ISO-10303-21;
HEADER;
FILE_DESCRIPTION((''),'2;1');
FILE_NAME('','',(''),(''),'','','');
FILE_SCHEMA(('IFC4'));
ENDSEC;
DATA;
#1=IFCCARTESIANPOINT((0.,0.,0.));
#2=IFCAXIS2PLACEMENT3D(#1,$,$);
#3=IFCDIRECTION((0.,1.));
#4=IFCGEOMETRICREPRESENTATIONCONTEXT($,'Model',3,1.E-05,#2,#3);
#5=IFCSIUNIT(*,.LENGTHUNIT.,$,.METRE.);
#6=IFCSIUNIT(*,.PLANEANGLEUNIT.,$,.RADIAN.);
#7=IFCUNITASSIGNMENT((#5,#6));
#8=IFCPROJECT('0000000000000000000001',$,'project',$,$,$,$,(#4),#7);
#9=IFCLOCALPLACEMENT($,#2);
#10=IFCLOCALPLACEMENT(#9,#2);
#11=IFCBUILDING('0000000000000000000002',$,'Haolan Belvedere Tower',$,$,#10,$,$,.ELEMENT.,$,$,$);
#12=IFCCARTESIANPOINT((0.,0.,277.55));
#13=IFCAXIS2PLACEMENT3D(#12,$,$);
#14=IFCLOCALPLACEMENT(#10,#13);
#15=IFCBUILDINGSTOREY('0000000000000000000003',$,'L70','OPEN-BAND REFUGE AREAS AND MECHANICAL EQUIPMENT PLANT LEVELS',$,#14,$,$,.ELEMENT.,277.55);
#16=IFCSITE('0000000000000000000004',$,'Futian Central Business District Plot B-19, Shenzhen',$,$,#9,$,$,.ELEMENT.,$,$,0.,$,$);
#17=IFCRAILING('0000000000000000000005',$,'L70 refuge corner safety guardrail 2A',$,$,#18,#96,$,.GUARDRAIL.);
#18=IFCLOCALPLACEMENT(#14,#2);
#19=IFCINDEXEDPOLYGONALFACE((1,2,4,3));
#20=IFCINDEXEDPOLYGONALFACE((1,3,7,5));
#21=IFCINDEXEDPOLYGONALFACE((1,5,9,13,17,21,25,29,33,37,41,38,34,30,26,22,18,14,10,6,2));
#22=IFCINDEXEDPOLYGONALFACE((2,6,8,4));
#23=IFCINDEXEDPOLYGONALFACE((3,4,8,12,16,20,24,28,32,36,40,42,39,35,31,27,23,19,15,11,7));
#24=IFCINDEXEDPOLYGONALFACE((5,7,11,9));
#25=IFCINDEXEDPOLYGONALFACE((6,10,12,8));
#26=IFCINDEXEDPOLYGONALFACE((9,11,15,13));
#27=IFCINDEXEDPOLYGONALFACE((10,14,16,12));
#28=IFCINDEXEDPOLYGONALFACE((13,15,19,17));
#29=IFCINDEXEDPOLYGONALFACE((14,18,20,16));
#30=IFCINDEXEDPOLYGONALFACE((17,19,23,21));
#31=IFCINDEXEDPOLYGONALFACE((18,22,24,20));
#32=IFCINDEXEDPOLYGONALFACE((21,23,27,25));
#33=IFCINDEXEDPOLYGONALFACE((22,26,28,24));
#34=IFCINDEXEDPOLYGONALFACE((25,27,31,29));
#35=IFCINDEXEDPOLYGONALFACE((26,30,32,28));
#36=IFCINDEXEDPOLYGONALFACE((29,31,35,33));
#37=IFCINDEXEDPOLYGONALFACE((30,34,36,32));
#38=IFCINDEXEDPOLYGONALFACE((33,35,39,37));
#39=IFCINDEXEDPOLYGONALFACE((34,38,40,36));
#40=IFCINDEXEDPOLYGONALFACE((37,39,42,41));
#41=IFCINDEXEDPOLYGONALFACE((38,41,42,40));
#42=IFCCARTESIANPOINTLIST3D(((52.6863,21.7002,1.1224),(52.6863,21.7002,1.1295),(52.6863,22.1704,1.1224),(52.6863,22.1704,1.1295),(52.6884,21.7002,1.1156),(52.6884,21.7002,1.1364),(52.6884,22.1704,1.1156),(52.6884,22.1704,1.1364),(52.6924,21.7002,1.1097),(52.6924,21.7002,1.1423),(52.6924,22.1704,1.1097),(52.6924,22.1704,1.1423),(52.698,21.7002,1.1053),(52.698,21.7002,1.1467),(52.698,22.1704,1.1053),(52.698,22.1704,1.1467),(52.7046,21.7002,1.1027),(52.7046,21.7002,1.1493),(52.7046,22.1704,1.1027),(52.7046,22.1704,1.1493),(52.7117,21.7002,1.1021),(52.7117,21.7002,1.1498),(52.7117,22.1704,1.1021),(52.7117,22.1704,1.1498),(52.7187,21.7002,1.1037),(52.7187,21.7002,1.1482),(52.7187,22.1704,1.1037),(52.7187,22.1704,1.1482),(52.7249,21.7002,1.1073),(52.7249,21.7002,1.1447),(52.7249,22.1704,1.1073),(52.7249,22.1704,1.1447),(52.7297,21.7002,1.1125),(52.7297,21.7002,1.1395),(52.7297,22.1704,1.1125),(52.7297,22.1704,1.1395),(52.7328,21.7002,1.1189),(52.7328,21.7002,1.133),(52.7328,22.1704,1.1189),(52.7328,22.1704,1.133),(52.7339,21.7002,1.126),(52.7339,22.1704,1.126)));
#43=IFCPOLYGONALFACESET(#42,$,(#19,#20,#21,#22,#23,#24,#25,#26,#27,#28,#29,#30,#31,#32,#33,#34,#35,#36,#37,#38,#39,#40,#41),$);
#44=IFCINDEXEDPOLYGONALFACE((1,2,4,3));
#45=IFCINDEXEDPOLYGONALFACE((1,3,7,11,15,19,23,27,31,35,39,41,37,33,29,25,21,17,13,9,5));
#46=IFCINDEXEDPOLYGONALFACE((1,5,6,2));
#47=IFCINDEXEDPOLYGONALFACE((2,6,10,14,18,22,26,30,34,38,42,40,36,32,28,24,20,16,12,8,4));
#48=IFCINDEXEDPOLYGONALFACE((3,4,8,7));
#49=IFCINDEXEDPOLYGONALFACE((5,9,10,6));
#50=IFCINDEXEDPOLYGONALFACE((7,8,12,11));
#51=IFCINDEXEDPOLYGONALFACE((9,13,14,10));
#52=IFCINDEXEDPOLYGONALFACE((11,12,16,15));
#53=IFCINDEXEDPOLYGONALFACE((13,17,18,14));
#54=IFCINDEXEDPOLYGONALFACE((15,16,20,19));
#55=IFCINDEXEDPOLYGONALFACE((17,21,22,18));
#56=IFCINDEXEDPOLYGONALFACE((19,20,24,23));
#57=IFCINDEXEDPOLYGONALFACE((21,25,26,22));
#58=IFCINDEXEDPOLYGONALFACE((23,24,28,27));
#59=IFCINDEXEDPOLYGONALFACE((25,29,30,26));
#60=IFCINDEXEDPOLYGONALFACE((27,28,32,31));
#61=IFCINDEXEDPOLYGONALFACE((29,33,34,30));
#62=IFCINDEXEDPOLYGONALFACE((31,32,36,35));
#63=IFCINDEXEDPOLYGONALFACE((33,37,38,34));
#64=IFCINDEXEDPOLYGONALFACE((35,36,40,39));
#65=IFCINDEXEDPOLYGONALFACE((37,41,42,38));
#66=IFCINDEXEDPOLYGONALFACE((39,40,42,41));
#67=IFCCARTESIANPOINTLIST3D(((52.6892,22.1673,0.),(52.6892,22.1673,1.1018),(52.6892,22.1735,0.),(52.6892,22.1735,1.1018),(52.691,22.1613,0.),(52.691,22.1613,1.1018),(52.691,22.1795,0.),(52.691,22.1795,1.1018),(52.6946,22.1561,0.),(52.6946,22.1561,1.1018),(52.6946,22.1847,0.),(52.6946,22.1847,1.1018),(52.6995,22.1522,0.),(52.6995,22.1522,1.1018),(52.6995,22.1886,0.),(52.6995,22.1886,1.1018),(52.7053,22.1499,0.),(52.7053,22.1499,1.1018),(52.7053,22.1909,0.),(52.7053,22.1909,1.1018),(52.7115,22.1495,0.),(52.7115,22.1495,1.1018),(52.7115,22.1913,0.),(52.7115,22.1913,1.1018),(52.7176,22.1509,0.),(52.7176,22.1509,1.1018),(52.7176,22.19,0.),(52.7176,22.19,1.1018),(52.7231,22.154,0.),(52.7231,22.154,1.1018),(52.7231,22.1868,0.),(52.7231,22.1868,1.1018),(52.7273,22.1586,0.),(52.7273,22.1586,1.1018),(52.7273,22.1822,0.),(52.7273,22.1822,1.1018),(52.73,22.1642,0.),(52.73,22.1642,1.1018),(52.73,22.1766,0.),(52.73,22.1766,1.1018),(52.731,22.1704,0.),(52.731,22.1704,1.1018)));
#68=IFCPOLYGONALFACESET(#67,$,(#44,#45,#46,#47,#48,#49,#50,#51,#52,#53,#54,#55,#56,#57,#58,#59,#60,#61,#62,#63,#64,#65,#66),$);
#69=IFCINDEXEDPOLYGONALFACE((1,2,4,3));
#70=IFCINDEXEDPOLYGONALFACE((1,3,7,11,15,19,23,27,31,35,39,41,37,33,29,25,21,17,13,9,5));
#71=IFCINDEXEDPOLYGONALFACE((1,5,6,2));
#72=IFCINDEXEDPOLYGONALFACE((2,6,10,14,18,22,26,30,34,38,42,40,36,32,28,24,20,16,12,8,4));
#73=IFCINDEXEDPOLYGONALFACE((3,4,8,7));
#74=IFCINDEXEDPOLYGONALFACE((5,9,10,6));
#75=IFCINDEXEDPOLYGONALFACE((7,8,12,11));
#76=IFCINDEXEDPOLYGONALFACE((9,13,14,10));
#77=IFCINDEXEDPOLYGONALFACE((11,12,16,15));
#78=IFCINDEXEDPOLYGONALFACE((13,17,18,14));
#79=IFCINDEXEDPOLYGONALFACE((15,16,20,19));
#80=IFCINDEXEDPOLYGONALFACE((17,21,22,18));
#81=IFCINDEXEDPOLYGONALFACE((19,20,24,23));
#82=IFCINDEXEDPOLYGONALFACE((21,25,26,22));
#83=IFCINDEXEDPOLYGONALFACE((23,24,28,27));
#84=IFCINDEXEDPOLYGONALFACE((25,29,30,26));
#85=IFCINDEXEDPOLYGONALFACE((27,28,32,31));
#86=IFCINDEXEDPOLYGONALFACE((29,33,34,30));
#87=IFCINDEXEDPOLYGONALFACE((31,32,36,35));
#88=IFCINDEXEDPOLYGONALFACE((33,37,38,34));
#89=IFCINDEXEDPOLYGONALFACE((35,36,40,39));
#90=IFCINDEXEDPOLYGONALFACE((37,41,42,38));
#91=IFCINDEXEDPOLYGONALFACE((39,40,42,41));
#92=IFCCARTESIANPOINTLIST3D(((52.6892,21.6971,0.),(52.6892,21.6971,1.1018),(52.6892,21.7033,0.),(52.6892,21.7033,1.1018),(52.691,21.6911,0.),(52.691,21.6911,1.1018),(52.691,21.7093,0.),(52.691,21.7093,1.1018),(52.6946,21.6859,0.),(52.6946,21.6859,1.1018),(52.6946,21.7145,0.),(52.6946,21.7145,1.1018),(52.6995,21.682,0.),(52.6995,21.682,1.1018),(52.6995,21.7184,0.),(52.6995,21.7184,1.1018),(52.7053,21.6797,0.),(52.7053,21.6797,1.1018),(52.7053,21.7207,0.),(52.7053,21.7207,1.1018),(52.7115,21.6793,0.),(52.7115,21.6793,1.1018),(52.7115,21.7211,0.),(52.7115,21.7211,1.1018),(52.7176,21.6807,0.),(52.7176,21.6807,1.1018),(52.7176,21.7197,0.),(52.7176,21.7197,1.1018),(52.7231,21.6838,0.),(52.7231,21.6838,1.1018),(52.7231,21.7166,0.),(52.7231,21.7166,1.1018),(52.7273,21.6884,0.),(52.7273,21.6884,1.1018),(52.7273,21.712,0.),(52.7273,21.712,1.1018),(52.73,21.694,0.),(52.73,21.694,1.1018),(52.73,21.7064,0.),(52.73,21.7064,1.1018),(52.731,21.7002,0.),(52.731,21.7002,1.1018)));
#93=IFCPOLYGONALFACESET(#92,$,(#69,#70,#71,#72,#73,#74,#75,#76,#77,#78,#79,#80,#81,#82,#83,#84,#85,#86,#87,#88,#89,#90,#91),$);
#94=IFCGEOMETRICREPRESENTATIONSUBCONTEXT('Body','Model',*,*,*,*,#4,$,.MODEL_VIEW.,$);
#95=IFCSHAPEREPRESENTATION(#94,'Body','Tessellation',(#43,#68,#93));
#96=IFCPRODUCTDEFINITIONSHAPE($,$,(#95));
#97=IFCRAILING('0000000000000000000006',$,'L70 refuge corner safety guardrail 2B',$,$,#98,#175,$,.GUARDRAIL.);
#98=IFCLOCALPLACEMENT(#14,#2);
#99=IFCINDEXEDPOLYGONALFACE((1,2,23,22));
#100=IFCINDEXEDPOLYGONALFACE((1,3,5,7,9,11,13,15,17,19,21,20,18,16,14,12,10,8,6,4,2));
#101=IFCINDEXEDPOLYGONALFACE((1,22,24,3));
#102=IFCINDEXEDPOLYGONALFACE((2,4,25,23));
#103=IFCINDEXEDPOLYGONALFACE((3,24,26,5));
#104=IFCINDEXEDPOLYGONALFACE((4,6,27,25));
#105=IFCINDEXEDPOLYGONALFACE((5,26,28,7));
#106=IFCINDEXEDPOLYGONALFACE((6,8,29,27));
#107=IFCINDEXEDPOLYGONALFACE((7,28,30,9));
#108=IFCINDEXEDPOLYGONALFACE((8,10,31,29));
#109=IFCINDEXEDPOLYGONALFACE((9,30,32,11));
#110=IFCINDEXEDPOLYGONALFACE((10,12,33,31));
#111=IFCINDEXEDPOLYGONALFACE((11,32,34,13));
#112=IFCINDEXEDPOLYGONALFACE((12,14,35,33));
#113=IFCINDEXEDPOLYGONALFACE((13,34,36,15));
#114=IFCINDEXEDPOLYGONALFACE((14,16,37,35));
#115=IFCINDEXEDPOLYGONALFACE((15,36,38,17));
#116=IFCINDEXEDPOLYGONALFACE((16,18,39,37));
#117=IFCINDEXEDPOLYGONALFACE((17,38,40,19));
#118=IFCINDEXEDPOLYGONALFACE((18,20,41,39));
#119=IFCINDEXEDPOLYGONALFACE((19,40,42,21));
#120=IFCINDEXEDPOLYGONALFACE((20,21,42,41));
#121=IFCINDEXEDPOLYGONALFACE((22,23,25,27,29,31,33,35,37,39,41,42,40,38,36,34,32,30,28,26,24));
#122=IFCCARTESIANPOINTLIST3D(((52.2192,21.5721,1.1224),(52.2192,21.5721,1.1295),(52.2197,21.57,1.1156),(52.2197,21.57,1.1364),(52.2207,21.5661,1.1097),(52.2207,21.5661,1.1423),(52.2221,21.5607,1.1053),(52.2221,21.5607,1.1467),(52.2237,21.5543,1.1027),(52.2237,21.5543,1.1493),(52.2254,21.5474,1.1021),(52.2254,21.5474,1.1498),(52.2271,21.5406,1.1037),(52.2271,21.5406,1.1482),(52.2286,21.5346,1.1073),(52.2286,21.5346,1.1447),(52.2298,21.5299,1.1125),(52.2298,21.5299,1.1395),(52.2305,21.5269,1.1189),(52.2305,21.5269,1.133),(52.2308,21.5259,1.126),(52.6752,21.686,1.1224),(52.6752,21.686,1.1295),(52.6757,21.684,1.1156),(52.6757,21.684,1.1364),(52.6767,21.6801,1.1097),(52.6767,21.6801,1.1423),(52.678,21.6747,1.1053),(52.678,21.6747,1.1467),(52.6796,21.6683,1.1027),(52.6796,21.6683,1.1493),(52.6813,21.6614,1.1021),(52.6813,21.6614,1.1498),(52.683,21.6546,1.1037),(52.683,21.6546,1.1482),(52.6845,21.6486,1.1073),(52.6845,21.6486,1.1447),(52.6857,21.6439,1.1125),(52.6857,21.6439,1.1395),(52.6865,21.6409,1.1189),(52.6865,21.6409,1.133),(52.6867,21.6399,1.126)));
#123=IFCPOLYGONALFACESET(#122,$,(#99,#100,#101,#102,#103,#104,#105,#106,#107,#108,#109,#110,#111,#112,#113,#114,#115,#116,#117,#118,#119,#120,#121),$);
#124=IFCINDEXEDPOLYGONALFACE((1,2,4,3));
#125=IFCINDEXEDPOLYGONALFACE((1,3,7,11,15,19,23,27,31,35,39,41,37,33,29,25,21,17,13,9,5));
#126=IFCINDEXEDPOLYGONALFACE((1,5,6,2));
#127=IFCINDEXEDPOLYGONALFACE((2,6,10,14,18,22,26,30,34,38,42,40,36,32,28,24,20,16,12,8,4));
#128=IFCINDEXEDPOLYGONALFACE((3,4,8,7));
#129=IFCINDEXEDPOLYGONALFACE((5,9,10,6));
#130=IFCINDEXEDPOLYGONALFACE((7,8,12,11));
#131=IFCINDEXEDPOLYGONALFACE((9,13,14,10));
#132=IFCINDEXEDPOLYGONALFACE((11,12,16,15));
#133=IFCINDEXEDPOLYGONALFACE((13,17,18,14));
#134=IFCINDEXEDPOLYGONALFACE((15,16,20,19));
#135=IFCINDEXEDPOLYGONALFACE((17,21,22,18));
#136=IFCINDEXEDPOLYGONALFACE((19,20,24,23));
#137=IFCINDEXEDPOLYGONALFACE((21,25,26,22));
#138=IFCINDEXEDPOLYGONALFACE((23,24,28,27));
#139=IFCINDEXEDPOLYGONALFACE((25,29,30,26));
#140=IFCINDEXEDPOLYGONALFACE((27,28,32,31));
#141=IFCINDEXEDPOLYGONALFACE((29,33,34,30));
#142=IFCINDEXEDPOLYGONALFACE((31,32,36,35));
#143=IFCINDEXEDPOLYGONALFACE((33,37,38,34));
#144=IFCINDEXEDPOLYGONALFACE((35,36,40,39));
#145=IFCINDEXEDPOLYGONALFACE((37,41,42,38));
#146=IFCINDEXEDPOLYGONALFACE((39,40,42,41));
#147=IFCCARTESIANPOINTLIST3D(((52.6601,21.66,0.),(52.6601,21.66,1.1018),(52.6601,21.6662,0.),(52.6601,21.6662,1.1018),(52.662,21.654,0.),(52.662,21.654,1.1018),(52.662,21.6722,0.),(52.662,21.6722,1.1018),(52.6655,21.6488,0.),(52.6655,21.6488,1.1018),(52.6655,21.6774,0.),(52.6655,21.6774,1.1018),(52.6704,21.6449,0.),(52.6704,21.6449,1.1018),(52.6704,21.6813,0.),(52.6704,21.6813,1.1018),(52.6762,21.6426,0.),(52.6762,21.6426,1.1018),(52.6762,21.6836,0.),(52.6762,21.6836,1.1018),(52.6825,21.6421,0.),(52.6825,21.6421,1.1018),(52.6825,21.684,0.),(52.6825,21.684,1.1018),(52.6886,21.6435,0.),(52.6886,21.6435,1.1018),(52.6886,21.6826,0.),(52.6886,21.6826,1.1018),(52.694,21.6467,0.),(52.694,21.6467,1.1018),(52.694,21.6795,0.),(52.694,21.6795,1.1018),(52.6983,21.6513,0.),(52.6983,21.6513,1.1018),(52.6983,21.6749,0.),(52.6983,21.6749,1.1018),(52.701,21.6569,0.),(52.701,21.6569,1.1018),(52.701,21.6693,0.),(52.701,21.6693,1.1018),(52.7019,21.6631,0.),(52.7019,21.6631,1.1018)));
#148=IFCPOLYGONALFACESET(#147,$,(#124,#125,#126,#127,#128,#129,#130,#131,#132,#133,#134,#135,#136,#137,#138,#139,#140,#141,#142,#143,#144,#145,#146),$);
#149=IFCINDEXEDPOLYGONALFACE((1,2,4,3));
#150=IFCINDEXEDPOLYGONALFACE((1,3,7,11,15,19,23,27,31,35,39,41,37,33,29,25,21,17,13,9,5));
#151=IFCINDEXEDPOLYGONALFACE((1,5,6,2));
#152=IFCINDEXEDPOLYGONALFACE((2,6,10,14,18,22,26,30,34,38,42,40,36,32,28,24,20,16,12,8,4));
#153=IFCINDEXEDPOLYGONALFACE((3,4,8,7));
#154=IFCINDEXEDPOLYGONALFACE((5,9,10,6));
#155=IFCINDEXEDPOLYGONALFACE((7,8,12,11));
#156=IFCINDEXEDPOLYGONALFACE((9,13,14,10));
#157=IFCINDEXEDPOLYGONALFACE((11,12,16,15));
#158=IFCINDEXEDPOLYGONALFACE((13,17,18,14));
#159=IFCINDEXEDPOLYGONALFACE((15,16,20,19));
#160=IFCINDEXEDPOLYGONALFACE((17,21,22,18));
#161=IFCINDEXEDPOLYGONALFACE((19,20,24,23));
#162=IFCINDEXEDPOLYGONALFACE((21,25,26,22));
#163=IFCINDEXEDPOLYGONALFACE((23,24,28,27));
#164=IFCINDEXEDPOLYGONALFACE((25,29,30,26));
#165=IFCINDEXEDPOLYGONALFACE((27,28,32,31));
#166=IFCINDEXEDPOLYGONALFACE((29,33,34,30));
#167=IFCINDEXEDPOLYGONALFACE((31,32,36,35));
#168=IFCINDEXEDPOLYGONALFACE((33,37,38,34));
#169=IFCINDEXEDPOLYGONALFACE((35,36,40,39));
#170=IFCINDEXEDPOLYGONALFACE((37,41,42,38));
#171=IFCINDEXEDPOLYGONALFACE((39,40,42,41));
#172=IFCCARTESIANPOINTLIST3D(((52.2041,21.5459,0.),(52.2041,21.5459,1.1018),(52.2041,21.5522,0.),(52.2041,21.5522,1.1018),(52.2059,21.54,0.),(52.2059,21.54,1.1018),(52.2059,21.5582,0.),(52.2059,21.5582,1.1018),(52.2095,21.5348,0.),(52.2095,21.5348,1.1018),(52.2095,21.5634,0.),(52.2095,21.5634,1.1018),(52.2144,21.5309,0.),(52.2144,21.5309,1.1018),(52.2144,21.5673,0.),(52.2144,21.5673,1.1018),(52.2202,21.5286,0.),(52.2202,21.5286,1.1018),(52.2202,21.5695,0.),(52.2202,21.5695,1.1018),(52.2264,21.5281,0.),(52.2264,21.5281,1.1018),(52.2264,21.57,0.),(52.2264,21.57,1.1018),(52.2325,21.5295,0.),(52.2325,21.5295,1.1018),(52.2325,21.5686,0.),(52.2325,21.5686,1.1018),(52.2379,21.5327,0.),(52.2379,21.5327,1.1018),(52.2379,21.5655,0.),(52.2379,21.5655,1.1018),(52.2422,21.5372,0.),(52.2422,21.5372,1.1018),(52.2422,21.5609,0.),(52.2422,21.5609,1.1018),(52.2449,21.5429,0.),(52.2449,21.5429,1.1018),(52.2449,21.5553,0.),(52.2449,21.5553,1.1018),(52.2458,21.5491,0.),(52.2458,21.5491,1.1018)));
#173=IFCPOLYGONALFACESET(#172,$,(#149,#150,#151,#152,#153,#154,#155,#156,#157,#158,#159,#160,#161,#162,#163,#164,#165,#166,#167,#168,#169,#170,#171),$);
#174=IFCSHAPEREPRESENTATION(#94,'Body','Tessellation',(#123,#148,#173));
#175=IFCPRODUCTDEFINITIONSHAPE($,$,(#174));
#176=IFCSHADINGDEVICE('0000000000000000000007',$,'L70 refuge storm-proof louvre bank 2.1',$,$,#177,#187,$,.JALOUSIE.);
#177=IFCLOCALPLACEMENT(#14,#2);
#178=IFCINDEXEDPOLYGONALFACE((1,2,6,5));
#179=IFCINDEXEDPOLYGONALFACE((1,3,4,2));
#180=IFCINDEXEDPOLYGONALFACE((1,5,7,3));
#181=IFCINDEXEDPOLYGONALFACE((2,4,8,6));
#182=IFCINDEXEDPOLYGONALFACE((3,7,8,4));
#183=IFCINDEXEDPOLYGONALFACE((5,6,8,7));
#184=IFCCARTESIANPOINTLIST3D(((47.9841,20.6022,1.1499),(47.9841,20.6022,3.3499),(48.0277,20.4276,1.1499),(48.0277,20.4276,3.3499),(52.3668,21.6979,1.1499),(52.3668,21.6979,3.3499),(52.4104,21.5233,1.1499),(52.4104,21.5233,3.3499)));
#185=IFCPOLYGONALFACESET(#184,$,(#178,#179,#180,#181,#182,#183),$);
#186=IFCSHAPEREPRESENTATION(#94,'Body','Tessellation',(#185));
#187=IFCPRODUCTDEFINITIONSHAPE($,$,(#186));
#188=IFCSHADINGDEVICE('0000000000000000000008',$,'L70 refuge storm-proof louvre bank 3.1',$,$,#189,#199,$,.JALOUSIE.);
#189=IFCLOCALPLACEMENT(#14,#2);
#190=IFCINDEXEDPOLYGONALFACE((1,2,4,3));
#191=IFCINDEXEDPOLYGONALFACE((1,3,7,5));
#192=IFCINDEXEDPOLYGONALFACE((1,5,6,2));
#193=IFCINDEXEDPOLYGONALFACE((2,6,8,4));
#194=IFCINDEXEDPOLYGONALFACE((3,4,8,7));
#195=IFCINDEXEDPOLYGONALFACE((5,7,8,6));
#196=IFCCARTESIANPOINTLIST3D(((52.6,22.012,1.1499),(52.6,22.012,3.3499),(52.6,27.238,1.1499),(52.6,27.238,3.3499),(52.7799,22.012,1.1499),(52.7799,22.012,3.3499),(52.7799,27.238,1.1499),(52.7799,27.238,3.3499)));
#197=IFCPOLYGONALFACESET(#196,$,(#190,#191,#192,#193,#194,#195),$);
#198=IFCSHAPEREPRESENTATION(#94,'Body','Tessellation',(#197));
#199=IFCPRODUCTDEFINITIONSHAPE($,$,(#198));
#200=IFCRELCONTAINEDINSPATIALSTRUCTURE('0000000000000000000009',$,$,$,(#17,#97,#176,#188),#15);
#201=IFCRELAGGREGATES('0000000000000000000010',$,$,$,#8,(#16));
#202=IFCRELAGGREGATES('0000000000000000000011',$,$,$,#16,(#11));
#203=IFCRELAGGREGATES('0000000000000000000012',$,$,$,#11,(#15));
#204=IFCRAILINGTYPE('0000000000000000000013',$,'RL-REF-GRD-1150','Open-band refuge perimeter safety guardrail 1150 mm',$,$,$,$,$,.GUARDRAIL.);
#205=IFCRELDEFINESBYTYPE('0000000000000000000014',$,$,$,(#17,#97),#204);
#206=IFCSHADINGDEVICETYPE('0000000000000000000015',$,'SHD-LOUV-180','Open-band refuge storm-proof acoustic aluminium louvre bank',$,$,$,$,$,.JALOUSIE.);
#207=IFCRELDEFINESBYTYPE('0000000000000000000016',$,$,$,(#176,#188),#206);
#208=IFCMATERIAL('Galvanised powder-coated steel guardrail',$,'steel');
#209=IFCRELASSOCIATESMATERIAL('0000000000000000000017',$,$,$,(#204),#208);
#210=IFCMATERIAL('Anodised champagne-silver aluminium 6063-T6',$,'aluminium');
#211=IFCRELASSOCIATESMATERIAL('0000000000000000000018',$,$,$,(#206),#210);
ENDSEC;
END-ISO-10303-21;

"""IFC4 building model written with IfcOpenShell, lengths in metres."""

from ifc_helpers import new_model, si_unit, direction, frame, origin, origin_2d, place, context, subcontext, project, spatial, rectangle, circle, extrude, material, type_object, element, save


model = new_model("IFC4")

# Units and contexts
model_context = context("Model", 3, precision=1e-05, world=origin(), true_north=direction((0.0, 1.0)))
body_context = subcontext(model_context, "Body", "Model", "MODEL_VIEW")
ifc_project = project(units=[si_unit("LENGTHUNIT", "METRE"), si_unit("PLANEANGLEUNIT", "RADIAN")], contexts=[model_context])

# Site, building, storey
site_placement = place(None, origin())
site = spatial("IfcSite", under=ifc_project, at=site_placement, Name="Futian Central Business District Plot B-19, Shenzhen", CompositionType="ELEMENT", RefElevation=0.0)
building_placement = place(site_placement, origin())
building = spatial("IfcBuilding", under=site, at=building_placement, Name="Haolan Belvedere Tower", CompositionType="ELEMENT")
storey_placement = place(building_placement, frame((0.0, 0.0, 277.55)))
storey = spatial("IfcBuildingStorey", under=building, at=storey_placement, Name="L70", Description="OPEN-BAND REFUGE AREAS AND MECHANICAL EQUIPMENT PLANT LEVELS", CompositionType="ELEMENT", Elevation=277.55)

# Railings
ifc_material_1 = material(Name="Galvanised powder-coated steel guardrail", Category="steel")
railing_type = type_object("IfcRailingType", Name="RL-REF-GRD-1150", Description="Open-band refuge perimeter safety guardrail 1150 mm", PredefinedType="GUARDRAIL", material=ifc_material_1)
railing_1_placement = place(storey_placement, frame((52.71, 22.1704, 0.0)))
element("IfcRailing", 1, at=railing_1_placement, inside=storey, type_object=railing_type, Name="L70 refuge corner safety guardrail 2A", PredefinedType="GUARDRAIL", context=body_context, shape_type="SweptSolid", body=[
    extrude(circle(Radius=0.0239, at=origin_2d()), frame((0.0, 0.0, 1.126), z_axis=(0.0, -1.0, 0.0), x_axis=(1.0, 0.0, 0.0)), (0.0, 0.0, 1.0), 0.4702),
    extrude(circle(Radius=0.021, at=origin_2d()), origin(), (0.0, 0.0, 1.0), 1.1018),
    extrude(circle(Radius=0.021, at=origin_2d()), frame((0.0, -0.4702, 0.0)), (0.0, 0.0, 1.0), 1.1018),
])
railing_2_placement = place(storey_placement, frame((52.6809, 21.6631, 0.0)))
element("IfcRailing", 2, at=railing_2_placement, inside=storey, type_object=railing_type, Name="L70 refuge corner safety guardrail 2B", PredefinedType="GUARDRAIL", context=body_context, shape_type="SweptSolid", body=[
    extrude(circle(Radius=0.0239, at=origin_2d()), frame((0.0, 0.0, 1.126), z_axis=(-0.970143, -0.242536, 0.0), x_axis=(0.242536, -0.970143, 0.0)), (0.0, 0.0, 1.0), 0.47),
    extrude(circle(Radius=0.021, at=origin_2d()), origin(), (0.0, 0.0, 1.0), 1.1018),
    extrude(circle(Radius=0.021, at=origin_2d()), frame((-0.4561, -0.114, 0.0)), (0.0, 0.0, 1.0), 1.1018),
])

# Shading devices
ifc_material_2 = material(Name="Anodised champagne-silver aluminium 6063-T6", Category="aluminium")
shading_device_type = type_object("IfcShadingDeviceType", Name="SHD-LOUV-180", Description="Open-band refuge storm-proof acoustic aluminium louvre bank", PredefinedType="JALOUSIE", material=ifc_material_2)
shading_device_1_placement = place(storey_placement, frame((50.1973, 21.0627, 1.1499), z_axis=(0.0, 0.0, 1.0), x_axis=(0.970139, 0.242548, 0.0)))
element("IfcShadingDevice", 3, at=shading_device_1_placement, inside=storey, type_object=shading_device_type, Name="L70 refuge storm-proof louvre bank 2.1", PredefinedType="JALOUSIE", context=body_context, shape_type="SweptSolid", body=[
    extrude(rectangle(XDim=4.5176, YDim=0.1799, at=origin_2d()), origin(), (0.0, 0.0, 1.0), 2.2),
])
shading_device_2_placement = place(storey_placement, frame((52.6899, 24.625, 1.1499), z_axis=(0.0, 0.0, 1.0), x_axis=(0.0, 1.0, 0.0)))
element("IfcShadingDevice", 4, at=shading_device_2_placement, inside=storey, type_object=shading_device_type, Name="L70 refuge storm-proof louvre bank 3.1", PredefinedType="JALOUSIE", context=body_context, shape_type="SweptSolid", body=[
    extrude(rectangle(XDim=5.2261, YDim=0.1799, at=origin_2d()), origin(), (0.0, 0.0, 1.0), 2.2),
])

save(model, "model.ifc")
